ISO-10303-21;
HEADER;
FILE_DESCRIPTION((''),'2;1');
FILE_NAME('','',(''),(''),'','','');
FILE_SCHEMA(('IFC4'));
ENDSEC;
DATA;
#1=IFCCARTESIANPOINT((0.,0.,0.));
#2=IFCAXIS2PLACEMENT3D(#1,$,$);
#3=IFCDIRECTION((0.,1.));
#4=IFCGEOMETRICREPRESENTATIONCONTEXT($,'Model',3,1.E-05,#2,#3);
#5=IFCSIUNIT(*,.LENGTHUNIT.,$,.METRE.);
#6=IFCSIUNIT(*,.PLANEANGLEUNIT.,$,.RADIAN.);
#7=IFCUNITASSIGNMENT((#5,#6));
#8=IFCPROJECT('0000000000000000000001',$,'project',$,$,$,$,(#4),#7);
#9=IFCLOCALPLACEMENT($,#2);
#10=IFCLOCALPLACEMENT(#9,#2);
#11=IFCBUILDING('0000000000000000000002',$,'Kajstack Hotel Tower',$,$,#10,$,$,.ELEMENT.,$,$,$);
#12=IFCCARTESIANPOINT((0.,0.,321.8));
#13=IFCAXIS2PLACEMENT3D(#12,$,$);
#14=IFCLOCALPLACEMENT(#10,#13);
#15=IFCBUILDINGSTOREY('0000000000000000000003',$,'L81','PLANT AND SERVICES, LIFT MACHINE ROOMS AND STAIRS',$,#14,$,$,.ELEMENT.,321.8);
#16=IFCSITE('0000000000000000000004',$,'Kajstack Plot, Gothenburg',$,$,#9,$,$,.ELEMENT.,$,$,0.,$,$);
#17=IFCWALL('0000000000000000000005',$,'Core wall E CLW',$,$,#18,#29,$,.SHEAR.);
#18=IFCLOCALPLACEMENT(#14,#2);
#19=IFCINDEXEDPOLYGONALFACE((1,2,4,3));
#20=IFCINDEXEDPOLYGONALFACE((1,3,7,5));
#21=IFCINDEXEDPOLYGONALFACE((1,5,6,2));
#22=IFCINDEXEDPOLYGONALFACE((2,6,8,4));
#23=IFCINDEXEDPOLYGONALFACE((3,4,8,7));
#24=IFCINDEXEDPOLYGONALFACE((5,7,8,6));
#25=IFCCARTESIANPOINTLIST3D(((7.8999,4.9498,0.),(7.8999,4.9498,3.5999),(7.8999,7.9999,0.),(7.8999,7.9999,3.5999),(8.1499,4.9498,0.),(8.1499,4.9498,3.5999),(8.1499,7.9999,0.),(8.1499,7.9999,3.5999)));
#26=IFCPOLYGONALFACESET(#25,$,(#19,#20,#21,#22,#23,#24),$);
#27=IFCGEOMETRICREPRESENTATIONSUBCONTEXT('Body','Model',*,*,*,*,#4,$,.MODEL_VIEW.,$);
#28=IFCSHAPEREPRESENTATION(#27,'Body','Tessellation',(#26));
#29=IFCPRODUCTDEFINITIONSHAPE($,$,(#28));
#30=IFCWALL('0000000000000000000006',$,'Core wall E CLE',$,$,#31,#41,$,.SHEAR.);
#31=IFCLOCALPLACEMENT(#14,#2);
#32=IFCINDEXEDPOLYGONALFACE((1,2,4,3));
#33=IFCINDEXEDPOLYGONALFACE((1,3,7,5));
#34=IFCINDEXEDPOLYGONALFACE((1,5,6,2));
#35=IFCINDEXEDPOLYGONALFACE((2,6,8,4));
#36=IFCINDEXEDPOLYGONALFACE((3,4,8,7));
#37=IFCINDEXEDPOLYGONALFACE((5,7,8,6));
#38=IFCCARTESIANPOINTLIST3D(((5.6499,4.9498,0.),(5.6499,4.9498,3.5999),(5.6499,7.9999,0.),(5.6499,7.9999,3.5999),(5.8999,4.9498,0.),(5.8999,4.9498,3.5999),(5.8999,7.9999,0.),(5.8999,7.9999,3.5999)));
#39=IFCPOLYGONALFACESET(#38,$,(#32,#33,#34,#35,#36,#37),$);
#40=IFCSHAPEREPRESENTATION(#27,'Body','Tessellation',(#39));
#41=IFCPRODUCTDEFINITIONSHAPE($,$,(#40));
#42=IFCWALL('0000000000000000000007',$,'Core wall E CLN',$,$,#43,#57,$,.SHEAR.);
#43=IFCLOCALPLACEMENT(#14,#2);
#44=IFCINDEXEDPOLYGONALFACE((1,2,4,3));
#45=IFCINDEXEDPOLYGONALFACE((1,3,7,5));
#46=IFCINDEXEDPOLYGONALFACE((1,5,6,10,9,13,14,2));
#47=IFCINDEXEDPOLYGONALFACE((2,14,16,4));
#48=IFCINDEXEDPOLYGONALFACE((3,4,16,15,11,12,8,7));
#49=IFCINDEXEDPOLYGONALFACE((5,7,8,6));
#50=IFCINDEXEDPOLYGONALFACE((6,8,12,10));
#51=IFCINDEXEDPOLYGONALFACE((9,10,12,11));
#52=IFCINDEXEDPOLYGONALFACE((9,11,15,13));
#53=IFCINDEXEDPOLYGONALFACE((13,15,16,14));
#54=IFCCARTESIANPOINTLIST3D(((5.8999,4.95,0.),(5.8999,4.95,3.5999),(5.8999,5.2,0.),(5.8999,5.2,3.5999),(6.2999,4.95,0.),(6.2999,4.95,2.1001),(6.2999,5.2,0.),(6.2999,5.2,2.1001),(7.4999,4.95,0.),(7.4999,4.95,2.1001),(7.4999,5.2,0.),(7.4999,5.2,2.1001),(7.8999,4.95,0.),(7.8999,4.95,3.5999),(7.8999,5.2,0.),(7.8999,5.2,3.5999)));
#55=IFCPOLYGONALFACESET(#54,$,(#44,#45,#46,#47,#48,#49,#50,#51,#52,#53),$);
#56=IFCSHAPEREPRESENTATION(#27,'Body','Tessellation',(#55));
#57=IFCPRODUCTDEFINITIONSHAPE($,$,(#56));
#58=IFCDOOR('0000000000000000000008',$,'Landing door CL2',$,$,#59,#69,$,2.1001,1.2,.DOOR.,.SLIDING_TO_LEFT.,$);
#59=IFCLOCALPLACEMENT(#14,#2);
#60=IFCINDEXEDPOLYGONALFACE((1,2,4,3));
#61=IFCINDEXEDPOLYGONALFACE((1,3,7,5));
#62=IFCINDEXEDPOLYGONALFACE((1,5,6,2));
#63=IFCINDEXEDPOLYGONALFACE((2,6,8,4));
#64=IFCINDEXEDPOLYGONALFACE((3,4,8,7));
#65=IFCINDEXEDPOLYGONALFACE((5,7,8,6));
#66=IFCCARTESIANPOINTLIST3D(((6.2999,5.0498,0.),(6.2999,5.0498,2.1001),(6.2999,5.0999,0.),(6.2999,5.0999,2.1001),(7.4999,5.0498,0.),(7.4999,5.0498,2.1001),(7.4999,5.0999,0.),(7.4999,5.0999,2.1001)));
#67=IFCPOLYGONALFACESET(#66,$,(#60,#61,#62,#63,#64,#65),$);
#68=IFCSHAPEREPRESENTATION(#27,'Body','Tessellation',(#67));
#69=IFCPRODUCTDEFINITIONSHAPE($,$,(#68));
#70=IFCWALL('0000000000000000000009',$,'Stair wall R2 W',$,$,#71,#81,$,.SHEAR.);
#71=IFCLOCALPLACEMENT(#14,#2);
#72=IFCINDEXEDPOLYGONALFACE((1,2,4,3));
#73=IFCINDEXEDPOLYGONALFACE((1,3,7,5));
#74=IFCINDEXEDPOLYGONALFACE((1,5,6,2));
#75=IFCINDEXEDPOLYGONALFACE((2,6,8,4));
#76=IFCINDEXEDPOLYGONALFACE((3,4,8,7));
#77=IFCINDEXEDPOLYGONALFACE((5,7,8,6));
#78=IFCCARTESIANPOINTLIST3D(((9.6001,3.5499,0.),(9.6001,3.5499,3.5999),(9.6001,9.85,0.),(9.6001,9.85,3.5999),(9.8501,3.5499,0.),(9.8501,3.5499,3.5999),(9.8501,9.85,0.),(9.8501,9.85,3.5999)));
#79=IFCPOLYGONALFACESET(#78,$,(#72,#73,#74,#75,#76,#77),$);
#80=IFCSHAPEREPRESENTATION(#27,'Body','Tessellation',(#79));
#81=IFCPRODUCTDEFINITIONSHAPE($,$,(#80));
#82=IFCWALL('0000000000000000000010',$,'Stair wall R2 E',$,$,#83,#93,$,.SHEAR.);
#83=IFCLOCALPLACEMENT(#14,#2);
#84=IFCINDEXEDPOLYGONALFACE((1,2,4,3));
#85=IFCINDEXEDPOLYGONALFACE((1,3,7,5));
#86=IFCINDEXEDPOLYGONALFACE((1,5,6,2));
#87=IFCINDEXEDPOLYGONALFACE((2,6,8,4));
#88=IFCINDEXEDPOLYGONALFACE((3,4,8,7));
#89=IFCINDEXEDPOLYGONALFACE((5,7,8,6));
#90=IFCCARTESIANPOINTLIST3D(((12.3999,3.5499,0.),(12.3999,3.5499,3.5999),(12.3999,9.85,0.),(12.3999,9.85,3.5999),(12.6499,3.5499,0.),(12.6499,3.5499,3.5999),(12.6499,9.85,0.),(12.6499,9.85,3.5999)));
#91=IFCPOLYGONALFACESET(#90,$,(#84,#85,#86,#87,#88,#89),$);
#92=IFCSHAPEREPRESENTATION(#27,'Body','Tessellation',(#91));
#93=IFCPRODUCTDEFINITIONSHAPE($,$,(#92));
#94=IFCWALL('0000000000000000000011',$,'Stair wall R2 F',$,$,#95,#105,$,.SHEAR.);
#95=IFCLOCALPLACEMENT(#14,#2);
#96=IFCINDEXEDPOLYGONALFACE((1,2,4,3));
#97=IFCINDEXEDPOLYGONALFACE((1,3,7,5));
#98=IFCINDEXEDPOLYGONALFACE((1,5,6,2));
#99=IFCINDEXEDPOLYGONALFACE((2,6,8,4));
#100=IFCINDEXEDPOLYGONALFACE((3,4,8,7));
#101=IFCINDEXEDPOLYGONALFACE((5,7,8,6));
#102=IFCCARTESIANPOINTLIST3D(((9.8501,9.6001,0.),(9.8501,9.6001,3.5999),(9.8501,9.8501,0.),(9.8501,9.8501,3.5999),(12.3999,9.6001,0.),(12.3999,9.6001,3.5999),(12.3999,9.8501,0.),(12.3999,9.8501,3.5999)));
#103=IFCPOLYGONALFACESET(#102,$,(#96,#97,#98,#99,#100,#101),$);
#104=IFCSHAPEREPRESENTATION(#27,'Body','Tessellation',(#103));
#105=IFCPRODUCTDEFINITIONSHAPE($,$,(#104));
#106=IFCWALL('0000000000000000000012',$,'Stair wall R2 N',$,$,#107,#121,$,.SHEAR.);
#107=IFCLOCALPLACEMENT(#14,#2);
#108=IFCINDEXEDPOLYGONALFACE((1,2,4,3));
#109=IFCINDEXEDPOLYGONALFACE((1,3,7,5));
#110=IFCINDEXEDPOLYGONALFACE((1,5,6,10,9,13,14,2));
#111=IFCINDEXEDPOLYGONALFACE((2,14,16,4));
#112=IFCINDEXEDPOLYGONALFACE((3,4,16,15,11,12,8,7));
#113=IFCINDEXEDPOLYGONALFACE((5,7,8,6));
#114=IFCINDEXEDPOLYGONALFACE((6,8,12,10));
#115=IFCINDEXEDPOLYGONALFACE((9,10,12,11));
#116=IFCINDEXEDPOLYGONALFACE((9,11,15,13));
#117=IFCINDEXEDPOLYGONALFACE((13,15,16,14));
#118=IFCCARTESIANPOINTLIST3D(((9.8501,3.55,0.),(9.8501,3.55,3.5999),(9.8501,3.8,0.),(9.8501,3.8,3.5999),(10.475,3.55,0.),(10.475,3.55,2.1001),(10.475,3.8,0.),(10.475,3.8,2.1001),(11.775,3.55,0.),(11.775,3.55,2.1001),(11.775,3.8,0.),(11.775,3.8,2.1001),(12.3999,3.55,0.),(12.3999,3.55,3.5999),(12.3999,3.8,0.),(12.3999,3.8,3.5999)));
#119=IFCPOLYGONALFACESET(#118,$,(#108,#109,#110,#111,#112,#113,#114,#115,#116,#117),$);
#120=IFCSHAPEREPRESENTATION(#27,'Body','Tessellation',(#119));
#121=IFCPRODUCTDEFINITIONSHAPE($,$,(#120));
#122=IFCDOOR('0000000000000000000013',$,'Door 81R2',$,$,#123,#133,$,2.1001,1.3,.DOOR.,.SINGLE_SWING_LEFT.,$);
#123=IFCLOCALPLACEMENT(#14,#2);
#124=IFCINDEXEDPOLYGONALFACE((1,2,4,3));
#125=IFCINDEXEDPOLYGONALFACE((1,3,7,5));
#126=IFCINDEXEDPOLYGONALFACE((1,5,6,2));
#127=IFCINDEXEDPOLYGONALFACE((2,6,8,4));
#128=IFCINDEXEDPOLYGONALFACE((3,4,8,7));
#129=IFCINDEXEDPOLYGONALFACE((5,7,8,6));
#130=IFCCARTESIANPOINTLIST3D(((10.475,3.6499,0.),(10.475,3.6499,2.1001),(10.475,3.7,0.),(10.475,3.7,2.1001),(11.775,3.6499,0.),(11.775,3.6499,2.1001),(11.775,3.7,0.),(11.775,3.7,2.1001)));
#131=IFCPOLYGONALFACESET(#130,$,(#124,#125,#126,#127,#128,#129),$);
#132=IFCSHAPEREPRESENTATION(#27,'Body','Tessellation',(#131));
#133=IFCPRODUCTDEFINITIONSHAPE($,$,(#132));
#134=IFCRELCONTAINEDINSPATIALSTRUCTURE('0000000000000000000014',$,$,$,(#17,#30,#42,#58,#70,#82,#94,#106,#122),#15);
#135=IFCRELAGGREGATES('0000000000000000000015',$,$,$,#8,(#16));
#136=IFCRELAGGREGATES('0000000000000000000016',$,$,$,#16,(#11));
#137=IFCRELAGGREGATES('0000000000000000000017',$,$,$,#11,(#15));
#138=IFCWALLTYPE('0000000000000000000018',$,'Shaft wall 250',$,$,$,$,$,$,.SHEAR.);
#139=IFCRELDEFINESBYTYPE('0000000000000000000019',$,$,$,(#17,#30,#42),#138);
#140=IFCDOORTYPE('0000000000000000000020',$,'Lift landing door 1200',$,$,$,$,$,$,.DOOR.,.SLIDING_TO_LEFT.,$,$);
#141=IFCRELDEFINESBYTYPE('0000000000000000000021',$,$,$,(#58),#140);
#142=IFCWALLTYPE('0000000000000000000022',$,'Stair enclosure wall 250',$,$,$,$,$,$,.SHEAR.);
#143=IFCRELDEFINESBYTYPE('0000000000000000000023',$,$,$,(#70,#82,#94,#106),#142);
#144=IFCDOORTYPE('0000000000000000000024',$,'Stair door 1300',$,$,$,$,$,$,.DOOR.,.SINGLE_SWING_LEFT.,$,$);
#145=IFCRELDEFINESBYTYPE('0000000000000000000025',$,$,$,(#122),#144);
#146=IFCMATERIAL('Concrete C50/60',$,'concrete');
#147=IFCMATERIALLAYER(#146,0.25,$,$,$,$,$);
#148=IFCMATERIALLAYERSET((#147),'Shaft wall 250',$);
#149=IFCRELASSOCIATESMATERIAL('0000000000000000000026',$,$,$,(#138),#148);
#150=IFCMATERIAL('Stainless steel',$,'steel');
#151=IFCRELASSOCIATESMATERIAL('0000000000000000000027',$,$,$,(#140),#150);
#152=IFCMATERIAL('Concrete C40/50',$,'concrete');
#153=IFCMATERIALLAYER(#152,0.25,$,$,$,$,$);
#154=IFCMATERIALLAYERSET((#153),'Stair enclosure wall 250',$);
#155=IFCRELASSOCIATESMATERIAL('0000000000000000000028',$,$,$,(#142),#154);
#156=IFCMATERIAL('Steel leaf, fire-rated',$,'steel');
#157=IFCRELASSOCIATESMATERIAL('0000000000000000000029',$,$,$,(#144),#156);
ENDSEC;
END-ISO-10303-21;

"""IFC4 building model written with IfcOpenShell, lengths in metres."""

from ifc_helpers import new_model, si_unit, direction, frame, frame_2d, origin, place, context, subcontext, project, spatial, rectangle, extrude, material, layer, layer_set, type_object, element, fill, save


model = new_model("IFC4")

# Units and contexts
model_context = context("Model", 3, precision=1e-05, world=origin(), true_north=direction((0.0, 1.0)))
body_context = subcontext(model_context, "Body", "Model", "MODEL_VIEW")
ifc_project = project(units=[si_unit("LENGTHUNIT", "METRE"), si_unit("PLANEANGLEUNIT", "RADIAN")], contexts=[model_context])

# Site, building, storey
site_placement = place(None, origin())
site = spatial("IfcSite", under=ifc_project, at=site_placement, Name="Kajstack Plot, Gothenburg", CompositionType="ELEMENT", RefElevation=0.0)
building_placement = place(site_placement, origin())
building = spatial("IfcBuilding", under=site, at=building_placement, Name="Kajstack Hotel Tower", CompositionType="ELEMENT")
storey_placement = place(building_placement, frame((0.0, 0.0, 321.8)))
storey = spatial("IfcBuildingStorey", under=building, at=storey_placement, Name="L81", Description="PLANT AND SERVICES, LIFT MACHINE ROOMS AND STAIRS", CompositionType="ELEMENT", Elevation=321.8)

# Walls
ifc_material_1 = material(Name="Concrete C50/60", Category="concrete")
ifc_layer_1 = layer(ifc_material_1, 0.25)
ifc_layer_set_1 = layer_set([ifc_layer_1], Name="Shaft wall 250")
wall_type_1 = type_object("IfcWallType", Name="Shaft wall 250", PredefinedType="SHEAR", material=ifc_layer_set_1)
for number, where, z_axis, x_axis, name in (
    (1, (8.0249, 4.95, 0.0), (0.0, 0.0, 1.0), (0.0, 1.0, 0.0), "Core wall E CLW"),
    (2, (5.7749, 4.95, 0.0), (0.0, 0.0, 1.0), (0.0, 1.0, 0.0), "Core wall E CLE"),
):
    element("IfcWall", number, at=place(storey_placement, frame(where, z_axis=z_axis, x_axis=x_axis)), inside=storey, type_object=wall_type_1, Name=name, PredefinedType="SHEAR", context=body_context, shape_type="SweptSolid", body=[
        extrude(rectangle(XDim=3.05, YDim=0.25, at=frame_2d((1.5249, 0.0))), origin(), (0.0, 0.0, 1.0), 3.5999),
    ])

# Wall, opening, door
wall_1_placement = place(storey_placement, frame((5.8999, 5.075, 0.0), z_axis=(0.0, 0.0, 1.0), x_axis=(1.0, 0.0, 0.0)))
wall_1 = element("IfcWall", 3, at=wall_1_placement, inside=storey, type_object=wall_type_1, Name="Core wall E CLN", PredefinedType="SHEAR", context=body_context, shape_type="SweptSolid", body=[
    extrude(rectangle(XDim=2.0, YDim=0.25, at=frame_2d((1.0, 0.0))), origin(), (0.0, 0.0, 1.0), 3.5999),
])
opening_1_placement = place(wall_1_placement, frame((0.3999, 0.0, 0.0)))
opening_1 = element("IfcOpeningElement", 4, at=opening_1_placement, cuts=wall_1, PredefinedType="OPENING", context=body_context, shape_type="SweptSolid", body=[
    extrude(rectangle(XDim=1.2, YDim=2.1001, at=frame_2d((0.6001, 1.05))), frame((0.0, 0.135, 0.0), z_axis=(0.0, -1.0, 0.0), x_axis=(1.0, 0.0, 0.0)), (0.0, 0.0, 1.0), 0.27),
])
ifc_material_2 = material(Name="Stainless steel", Category="steel")
door_type_1 = type_object("IfcDoorType", Name="Lift landing door 1200", OperationType="SLIDING_TO_LEFT", PredefinedType="DOOR", material=ifc_material_2)
door_1_placement = place(opening_1_placement, origin())
door_1 = element("IfcDoor", 5, at=door_1_placement, inside=storey, type_object=door_type_1, Name="Landing door CL2", OperationType="SLIDING_TO_LEFT", OverallHeight=2.1001, OverallWidth=1.2, PredefinedType="DOOR", context=body_context, shape_type="SweptSolid", body=[
    extrude(rectangle(XDim=1.2, YDim=2.1001, at=frame_2d((0.6001, 1.05))), frame((0.0, 0.0249, 0.0), z_axis=(0.0, -1.0, 0.0), x_axis=(1.0, 0.0, 0.0)), (0.0, 0.0, 1.0), 0.05),
])
fill(opening_1, door_1)

# Walls
ifc_material_3 = material(Name="Concrete C40/50", Category="concrete")
ifc_layer_2 = layer(ifc_material_3, 0.25)
ifc_layer_set_2 = layer_set([ifc_layer_2], Name="Stair enclosure wall 250")
wall_type_2 = type_object("IfcWallType", Name="Stair enclosure wall 250", PredefinedType="SHEAR", material=ifc_layer_set_2)
for number, where, z_axis, x_axis, name in (
    (6, (9.7251, 3.55, 0.0), (0.0, 0.0, 1.0), (0.0, 1.0, 0.0), "Stair wall R2 W"),
    (7, (12.5249, 3.55, 0.0), (0.0, 0.0, 1.0), (0.0, 1.0, 0.0), "Stair wall R2 E"),
):
    element("IfcWall", number, at=place(storey_placement, frame(where, z_axis=z_axis, x_axis=x_axis)), inside=storey, type_object=wall_type_2, Name=name, PredefinedType="SHEAR", context=body_context, shape_type="SweptSolid", body=[
        extrude(rectangle(XDim=6.3, YDim=0.25, at=frame_2d((3.1499, 0.0))), origin(), (0.0, 0.0, 1.0), 3.5999),
    ])
wall_2_placement = place(storey_placement, frame((9.8501, 9.7251, 0.0), z_axis=(0.0, 0.0, 1.0), x_axis=(1.0, 0.0, 0.0)))
element("IfcWall", 8, at=wall_2_placement, inside=storey, type_object=wall_type_2, Name="Stair wall R2 F", PredefinedType="SHEAR", context=body_context, shape_type="SweptSolid", body=[
    extrude(rectangle(XDim=2.5498, YDim=0.25, at=frame_2d((1.2749, 0.0))), origin(), (0.0, 0.0, 1.0), 3.5999),
])

# Wall, opening, door
wall_3_placement = place(storey_placement, frame((9.8501, 3.675, 0.0), z_axis=(0.0, 0.0, 1.0), x_axis=(1.0, 0.0, 0.0)))
wall_3 = element("IfcWall", 9, at=wall_3_placement, inside=storey, type_object=wall_type_2, Name="Stair wall R2 N", PredefinedType="SHEAR", context=body_context, shape_type="SweptSolid", body=[
    extrude(rectangle(XDim=2.5498, YDim=0.25, at=frame_2d((1.2749, 0.0))), origin(), (0.0, 0.0, 1.0), 3.5999),
])
opening_2_placement = place(wall_3_placement, frame((0.625, 0.0, 0.0)))
opening_2 = element("IfcOpeningElement", 10, at=opening_2_placement, cuts=wall_3, PredefinedType="OPENING", context=body_context, shape_type="SweptSolid", body=[
    extrude(rectangle(XDim=1.3, YDim=2.1001, at=frame_2d((0.6499, 1.05))), frame((0.0, 0.135, 0.0), z_axis=(0.0, -1.0, 0.0), x_axis=(1.0, 0.0, 0.0)), (0.0, 0.0, 1.0), 0.27),
])
ifc_material_4 = material(Name="Steel leaf, fire-rated", Category="steel")
door_type_2 = type_object("IfcDoorType", Name="Stair door 1300", OperationType="SINGLE_SWING_LEFT", PredefinedType="DOOR", material=ifc_material_4)
door_2_placement = place(opening_2_placement, origin())
door_2 = element("IfcDoor", 11, at=door_2_placement, inside=storey, type_object=door_type_2, Name="Door 81R2", OperationType="SINGLE_SWING_LEFT", OverallHeight=2.1001, OverallWidth=1.3, PredefinedType="DOOR", context=body_context, shape_type="SweptSolid", body=[
    extrude(rectangle(XDim=1.3, YDim=2.1001, at=frame_2d((0.6499, 1.05))), frame((0.0, 0.0249, 0.0), z_axis=(0.0, -1.0, 0.0), x_axis=(1.0, 0.0, 0.0)), (0.0, 0.0, 1.0), 0.05),
])
fill(opening_2, door_2)

save(model, "model.ifc")
